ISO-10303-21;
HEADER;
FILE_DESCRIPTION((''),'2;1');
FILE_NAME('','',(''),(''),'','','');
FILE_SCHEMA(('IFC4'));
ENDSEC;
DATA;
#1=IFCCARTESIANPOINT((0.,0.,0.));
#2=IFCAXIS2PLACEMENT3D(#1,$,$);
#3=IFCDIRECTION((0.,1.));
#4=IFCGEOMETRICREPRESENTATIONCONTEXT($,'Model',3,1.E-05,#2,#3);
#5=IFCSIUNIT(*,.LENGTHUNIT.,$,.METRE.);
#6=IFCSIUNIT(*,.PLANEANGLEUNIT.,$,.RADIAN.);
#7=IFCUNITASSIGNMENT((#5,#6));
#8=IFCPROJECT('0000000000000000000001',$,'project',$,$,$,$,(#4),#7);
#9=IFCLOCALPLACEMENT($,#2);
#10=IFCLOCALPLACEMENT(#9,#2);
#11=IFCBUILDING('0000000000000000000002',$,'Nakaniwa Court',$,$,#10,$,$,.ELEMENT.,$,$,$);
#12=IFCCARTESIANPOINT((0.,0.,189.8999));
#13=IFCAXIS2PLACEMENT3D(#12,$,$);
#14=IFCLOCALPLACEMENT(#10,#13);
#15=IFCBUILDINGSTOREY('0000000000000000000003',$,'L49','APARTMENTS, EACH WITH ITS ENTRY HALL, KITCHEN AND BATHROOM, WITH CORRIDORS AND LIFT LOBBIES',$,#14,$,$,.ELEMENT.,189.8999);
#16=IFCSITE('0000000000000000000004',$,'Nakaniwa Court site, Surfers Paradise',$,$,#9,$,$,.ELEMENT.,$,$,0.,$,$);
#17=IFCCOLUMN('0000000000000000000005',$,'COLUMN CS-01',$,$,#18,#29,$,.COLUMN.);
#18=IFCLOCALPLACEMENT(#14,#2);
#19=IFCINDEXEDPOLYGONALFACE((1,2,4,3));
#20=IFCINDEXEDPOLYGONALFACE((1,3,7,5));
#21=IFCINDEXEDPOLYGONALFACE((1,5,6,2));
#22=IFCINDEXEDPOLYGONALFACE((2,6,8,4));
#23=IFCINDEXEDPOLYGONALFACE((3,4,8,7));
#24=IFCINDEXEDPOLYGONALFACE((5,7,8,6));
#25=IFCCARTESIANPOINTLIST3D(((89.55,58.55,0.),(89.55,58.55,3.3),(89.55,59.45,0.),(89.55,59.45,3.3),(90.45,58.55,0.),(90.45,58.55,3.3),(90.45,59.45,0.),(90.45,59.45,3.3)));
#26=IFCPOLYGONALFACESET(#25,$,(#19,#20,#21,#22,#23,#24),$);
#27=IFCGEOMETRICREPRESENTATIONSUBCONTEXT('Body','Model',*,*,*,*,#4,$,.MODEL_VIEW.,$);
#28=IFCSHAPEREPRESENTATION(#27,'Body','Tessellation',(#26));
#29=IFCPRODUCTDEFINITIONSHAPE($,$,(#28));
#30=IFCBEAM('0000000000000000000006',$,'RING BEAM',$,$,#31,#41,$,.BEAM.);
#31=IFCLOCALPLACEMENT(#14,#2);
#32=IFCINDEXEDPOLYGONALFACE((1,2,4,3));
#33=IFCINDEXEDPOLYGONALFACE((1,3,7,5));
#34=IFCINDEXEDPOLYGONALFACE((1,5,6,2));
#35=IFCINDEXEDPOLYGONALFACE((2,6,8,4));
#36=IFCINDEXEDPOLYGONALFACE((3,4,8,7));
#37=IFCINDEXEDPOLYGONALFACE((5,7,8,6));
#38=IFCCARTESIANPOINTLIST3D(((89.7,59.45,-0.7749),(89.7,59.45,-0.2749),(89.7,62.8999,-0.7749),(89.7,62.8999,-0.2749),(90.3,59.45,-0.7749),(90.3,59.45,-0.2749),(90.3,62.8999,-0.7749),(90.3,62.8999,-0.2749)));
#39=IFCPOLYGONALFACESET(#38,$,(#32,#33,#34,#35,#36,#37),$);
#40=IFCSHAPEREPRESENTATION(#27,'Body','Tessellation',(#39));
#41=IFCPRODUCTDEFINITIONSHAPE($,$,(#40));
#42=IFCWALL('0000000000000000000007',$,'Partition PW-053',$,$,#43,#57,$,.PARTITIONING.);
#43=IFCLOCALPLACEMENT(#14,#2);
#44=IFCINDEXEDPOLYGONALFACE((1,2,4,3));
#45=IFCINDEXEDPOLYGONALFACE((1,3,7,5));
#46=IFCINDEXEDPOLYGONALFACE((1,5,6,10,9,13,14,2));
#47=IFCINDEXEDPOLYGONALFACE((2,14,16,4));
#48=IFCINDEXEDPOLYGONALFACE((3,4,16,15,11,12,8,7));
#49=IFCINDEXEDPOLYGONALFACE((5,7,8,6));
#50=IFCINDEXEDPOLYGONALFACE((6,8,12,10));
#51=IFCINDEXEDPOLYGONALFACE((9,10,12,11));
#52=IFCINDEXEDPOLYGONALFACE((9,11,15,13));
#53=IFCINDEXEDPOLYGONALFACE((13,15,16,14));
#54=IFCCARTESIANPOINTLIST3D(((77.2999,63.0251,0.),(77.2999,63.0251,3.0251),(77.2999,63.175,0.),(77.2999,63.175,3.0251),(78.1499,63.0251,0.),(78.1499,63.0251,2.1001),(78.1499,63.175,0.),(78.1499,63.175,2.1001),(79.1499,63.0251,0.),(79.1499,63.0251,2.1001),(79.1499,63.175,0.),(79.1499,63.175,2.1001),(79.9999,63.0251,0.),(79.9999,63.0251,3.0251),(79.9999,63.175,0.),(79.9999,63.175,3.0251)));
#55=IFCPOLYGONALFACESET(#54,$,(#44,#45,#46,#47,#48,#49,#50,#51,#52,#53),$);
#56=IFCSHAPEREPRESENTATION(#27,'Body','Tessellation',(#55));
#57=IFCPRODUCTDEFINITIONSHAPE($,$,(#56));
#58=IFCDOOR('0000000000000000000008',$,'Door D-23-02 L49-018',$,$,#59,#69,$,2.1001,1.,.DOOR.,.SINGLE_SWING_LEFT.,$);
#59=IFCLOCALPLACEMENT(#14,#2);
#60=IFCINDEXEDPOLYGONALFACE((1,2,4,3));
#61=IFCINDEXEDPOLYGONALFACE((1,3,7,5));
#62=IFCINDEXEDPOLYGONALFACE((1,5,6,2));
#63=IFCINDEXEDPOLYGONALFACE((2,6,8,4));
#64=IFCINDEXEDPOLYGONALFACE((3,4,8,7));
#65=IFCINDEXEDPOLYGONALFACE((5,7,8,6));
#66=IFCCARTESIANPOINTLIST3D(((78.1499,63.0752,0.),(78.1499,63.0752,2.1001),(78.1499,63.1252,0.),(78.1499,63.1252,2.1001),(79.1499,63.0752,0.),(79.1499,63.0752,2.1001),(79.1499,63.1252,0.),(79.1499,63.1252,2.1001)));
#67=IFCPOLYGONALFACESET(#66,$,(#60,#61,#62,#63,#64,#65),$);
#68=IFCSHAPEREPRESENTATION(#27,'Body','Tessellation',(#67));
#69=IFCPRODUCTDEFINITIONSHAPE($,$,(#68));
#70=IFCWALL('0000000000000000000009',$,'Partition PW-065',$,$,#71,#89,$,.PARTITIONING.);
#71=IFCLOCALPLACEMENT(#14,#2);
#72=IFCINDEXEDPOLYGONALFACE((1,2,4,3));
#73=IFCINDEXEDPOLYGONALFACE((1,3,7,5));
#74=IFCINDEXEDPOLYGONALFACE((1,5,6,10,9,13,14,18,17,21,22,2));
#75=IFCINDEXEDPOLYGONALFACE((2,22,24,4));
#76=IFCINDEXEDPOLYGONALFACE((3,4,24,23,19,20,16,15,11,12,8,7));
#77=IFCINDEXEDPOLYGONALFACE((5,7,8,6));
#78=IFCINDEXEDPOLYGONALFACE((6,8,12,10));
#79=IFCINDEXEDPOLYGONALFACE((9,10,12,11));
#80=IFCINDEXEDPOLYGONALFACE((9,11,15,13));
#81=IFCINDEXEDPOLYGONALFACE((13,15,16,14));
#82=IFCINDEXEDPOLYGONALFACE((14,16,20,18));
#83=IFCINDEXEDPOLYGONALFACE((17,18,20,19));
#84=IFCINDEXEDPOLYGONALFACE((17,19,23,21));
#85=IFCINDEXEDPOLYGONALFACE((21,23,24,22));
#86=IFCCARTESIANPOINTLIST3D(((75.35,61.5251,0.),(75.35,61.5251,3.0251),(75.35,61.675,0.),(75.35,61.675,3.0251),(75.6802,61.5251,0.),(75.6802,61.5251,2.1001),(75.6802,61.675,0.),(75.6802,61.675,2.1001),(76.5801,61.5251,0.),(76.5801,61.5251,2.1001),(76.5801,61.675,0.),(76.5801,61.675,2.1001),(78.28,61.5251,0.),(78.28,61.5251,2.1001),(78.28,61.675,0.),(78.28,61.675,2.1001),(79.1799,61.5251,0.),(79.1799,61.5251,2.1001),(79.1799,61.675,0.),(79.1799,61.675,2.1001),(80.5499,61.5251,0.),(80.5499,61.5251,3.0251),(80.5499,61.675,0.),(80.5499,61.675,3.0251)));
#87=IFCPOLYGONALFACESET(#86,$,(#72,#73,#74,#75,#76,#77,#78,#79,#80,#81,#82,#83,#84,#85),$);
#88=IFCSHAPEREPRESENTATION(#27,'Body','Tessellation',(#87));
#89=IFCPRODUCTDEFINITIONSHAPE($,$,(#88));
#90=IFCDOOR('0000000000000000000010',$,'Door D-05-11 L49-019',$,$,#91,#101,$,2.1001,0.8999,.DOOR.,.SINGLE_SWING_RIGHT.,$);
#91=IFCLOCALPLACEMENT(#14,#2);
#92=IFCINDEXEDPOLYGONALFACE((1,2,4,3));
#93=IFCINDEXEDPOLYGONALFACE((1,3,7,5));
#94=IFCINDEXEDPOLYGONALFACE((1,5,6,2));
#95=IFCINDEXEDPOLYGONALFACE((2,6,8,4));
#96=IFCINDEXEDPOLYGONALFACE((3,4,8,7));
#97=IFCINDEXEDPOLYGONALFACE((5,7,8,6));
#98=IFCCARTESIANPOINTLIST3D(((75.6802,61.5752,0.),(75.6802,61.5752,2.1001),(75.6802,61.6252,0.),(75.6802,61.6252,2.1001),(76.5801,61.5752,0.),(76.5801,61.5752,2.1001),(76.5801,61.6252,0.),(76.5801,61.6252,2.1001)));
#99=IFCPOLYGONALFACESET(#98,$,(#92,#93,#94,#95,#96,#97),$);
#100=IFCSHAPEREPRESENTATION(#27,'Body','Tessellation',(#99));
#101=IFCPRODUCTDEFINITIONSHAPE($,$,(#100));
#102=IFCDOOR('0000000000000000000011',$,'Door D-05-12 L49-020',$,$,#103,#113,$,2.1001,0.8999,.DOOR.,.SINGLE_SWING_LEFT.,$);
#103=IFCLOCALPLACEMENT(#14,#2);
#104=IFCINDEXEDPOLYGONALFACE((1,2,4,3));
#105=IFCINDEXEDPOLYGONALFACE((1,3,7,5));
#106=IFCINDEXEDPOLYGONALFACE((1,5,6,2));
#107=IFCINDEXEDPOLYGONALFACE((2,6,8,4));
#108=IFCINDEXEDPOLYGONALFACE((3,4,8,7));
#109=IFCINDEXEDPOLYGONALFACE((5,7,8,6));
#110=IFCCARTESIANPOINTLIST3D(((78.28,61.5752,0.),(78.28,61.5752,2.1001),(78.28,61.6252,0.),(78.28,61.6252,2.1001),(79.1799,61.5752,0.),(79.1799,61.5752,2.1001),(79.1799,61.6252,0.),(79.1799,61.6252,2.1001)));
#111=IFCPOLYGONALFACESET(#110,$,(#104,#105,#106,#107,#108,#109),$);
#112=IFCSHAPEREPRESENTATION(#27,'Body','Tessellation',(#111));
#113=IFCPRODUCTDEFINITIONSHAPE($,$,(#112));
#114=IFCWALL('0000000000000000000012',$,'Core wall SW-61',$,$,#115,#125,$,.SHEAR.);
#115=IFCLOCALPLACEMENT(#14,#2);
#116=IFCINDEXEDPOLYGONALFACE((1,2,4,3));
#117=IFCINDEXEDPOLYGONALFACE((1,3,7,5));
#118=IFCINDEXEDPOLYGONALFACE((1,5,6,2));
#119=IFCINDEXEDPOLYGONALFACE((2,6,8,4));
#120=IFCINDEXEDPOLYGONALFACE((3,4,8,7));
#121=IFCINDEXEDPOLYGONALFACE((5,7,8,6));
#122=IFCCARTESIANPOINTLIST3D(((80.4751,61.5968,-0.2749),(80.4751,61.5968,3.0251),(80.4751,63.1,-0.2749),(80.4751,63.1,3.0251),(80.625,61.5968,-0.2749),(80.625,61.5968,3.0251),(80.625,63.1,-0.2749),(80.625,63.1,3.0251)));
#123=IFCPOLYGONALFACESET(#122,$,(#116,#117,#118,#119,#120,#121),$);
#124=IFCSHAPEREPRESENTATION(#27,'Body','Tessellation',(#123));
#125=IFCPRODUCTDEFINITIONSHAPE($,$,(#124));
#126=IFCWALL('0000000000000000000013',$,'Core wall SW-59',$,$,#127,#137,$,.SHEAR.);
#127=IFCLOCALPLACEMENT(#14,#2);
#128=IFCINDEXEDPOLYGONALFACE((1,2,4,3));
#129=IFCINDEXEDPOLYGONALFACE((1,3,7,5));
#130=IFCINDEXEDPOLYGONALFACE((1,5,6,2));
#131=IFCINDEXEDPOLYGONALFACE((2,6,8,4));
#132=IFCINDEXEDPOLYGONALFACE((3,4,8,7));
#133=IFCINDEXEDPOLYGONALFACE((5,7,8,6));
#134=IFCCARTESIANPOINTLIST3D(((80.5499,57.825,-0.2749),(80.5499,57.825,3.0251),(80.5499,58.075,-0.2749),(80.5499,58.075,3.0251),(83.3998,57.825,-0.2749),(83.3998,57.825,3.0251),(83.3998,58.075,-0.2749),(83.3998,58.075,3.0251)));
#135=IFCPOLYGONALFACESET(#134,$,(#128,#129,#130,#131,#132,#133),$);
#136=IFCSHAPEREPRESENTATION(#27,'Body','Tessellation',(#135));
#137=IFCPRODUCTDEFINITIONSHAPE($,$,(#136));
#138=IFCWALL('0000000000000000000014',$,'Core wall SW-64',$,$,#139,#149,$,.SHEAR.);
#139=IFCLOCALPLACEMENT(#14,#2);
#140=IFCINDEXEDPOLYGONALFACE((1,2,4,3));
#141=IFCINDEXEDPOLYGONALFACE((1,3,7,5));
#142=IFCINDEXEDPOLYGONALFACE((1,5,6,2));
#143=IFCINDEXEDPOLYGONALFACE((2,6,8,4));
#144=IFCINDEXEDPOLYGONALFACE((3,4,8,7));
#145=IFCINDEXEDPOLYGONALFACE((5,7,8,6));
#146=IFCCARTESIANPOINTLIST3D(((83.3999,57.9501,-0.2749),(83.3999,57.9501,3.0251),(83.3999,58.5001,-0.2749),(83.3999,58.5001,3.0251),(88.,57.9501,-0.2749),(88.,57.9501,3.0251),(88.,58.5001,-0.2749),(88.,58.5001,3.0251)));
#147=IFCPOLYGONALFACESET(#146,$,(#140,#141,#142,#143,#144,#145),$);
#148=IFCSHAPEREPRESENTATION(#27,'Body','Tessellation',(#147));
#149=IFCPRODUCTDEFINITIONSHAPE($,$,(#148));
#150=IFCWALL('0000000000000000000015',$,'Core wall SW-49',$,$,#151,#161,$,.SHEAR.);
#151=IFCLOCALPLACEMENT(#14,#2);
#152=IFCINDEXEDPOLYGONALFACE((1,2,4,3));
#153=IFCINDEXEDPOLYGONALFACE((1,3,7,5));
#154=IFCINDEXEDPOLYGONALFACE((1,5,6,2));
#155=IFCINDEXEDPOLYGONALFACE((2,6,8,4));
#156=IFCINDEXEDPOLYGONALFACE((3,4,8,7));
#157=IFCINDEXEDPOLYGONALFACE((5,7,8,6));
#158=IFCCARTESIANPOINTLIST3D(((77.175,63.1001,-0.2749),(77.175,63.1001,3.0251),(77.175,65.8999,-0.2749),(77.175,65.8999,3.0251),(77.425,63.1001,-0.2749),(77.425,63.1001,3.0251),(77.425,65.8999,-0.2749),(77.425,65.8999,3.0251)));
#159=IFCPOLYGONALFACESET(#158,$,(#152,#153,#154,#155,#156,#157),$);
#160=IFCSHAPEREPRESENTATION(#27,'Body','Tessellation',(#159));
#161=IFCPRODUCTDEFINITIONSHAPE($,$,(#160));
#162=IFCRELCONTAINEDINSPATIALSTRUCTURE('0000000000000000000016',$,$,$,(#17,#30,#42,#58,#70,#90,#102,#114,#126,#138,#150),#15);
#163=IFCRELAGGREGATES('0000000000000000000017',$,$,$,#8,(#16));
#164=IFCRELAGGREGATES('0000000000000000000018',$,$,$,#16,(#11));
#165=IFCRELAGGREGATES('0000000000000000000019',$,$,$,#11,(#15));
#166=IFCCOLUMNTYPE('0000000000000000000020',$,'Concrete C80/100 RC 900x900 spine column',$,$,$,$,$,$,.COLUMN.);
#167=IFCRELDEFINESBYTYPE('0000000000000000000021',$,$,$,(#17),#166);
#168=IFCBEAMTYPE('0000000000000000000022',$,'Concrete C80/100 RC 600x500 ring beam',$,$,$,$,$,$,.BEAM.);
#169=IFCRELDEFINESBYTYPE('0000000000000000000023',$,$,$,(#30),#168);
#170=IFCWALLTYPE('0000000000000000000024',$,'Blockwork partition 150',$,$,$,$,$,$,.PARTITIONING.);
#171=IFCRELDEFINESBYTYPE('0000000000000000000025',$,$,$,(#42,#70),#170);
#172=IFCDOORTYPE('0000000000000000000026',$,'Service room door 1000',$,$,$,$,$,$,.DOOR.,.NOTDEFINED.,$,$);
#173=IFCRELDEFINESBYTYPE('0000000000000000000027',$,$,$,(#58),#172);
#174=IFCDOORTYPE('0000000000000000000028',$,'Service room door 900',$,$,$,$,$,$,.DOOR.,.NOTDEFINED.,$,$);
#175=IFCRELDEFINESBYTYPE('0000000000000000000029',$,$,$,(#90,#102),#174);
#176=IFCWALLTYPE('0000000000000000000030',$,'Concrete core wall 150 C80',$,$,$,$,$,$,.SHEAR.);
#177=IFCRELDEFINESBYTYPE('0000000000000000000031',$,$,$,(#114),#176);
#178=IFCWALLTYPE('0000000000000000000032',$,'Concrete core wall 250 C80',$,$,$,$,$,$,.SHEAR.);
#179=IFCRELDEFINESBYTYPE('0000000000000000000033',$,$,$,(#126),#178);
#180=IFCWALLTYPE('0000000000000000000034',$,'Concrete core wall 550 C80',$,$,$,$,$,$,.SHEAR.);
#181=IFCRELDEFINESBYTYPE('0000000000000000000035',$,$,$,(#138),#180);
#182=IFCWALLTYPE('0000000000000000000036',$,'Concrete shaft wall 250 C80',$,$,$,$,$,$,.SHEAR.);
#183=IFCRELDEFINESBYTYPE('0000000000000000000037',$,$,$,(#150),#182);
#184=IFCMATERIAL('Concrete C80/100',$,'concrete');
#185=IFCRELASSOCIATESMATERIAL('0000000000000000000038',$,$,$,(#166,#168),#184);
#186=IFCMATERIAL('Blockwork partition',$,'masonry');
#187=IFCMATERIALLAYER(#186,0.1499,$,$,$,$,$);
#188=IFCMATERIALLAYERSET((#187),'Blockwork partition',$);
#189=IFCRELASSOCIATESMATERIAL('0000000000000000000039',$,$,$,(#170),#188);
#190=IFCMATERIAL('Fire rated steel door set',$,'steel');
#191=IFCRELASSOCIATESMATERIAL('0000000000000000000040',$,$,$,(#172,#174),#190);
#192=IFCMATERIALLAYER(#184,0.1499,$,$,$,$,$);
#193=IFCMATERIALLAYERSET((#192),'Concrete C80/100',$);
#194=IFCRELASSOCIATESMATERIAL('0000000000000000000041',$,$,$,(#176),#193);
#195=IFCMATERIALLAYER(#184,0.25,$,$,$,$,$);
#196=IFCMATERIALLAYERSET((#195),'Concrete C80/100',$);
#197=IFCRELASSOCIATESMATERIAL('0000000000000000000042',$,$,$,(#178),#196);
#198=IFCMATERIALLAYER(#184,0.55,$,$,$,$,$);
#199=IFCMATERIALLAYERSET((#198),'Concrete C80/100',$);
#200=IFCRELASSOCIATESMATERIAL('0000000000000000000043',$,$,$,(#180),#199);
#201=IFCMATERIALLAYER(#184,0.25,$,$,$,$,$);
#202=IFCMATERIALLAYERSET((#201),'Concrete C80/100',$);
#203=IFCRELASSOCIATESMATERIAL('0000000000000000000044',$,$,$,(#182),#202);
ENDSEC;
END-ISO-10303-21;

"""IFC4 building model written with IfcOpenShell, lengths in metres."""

from ifc_helpers import new_model, si_unit, direction, frame, frame_2d, origin, origin_2d, place, context, subcontext, project, spatial, rectangle, extrude, material, layer, layer_set, material_profile, profile_set, type_object, element, fill, save


model = new_model("IFC4")

# Units and contexts
model_context = context("Model", 3, precision=1e-05, world=origin(), true_north=direction((0.0, 1.0)))
body_context = subcontext(model_context, "Body", "Model", "MODEL_VIEW")
ifc_project = project(units=[si_unit("LENGTHUNIT", "METRE"), si_unit("PLANEANGLEUNIT", "RADIAN")], contexts=[model_context])

# Site, building, storey
site_placement = place(None, origin())
site = spatial("IfcSite", under=ifc_project, at=site_placement, Name="Nakaniwa Court site, Surfers Paradise", CompositionType="ELEMENT", RefElevation=0.0)
building_placement = place(site_placement, origin())
building = spatial("IfcBuilding", under=site, at=building_placement, Name="Nakaniwa Court", CompositionType="ELEMENT")
storey_placement = place(building_placement, frame((0.0, 0.0, 189.8999)))
storey = spatial("IfcBuildingStorey", under=building, at=storey_placement, Name="L49", Description="APARTMENTS, EACH WITH ITS ENTRY HALL, KITCHEN AND BATHROOM, WITH CORRIDORS AND LIFT LOBBIES", CompositionType="ELEMENT", Elevation=189.8999)

# Column
ifc_material_1 = material(Name="Concrete C80/100", Category="concrete")
ifc_material_profile_1 = material_profile(ifc_material_1, rectangle(XDim=0.8999, YDim=0.8999, at=origin_2d()), Name="Concrete C80/100 RC 900x900 spine column")
ifc_profile_set_1 = profile_set([ifc_material_profile_1], Name="Concrete C80/100")
column_type = type_object("IfcColumnType", Name="Concrete C80/100 RC 900x900 spine column", PredefinedType="COLUMN", material=ifc_profile_set_1)
column_placement = place(storey_placement, frame((90.0, 59.0, 0.0), z_axis=(0.0, 0.0, 1.0), x_axis=(0.0, 1.0, 0.0)))
element("IfcColumn", 1, at=column_placement, inside=storey, type_object=column_type, Name="COLUMN CS-01", PredefinedType="COLUMN", context=body_context, shape_type="SweptSolid", body=[
    extrude(rectangle(XDim=0.8999, YDim=0.8999, at=origin_2d()), origin(), (0.0, 0.0, 1.0), 3.3),
])

# Beam
ifc_material_profile_2 = material_profile(ifc_material_1, rectangle(XDim=0.6001, YDim=0.5, at=origin_2d()), Name="Concrete C80/100 RC 600x500 ring beam")
ifc_profile_set_2 = profile_set([ifc_material_profile_2], Name="Concrete C80/100")
beam_type = type_object("IfcBeamType", Name="Concrete C80/100 RC 600x500 ring beam", PredefinedType="BEAM", material=ifc_profile_set_2)
beam_placement = place(storey_placement, frame((90.0, 59.45, -0.5249), z_axis=(0.0, 1.0, 0.0), x_axis=(-1.0, 0.0, 0.0)))
element("IfcBeam", 2, at=beam_placement, inside=storey, type_object=beam_type, Name="RING BEAM", PredefinedType="BEAM", context=body_context, shape_type="SweptSolid", body=[
    extrude(rectangle(XDim=0.6001, YDim=0.5, at=origin_2d()), origin(), (0.0, 0.0, 1.0), 3.45),
])

# Wall, opening, door
ifc_material_2 = material(Name="Blockwork partition", Category="masonry")
ifc_layer_1 = layer(ifc_material_2, 0.1499)
ifc_layer_set_1 = layer_set([ifc_layer_1], Name="Blockwork partition")
wall_type_1 = type_object("IfcWallType", Name="Blockwork partition 150", PredefinedType="PARTITIONING", material=ifc_layer_set_1)
wall_1_placement = place(storey_placement, frame((80.0, 63.1001, 0.0), z_axis=(0.0, 0.0, 1.0), x_axis=(-1.0, 0.0, 0.0)))
wall_1 = element("IfcWall", 3, at=wall_1_placement, inside=storey, type_object=wall_type_1, Name="Partition PW-053", PredefinedType="PARTITIONING", context=body_context, shape_type="SweptSolid", body=[
    extrude(rectangle(XDim=2.7, YDim=0.1499, at=frame_2d((1.3501, 0.0))), origin(), (0.0, 0.0, 1.0), 3.0251),
])
opening_1_placement = place(wall_1_placement, frame((0.8501, 0.0, 0.0)))
opening_1 = element("IfcOpeningElement", 4, at=opening_1_placement, cuts=wall_1, PredefinedType="OPENING", context=body_context, shape_type="SweptSolid", body=[
    extrude(rectangle(XDim=1.0, YDim=2.1001, at=frame_2d((0.5, 1.05))), frame((0.0, 0.085, 0.0), z_axis=(0.0, -1.0, 0.0), x_axis=(1.0, 0.0, 0.0)), (0.0, 0.0, 1.0), 0.1699),
])
ifc_material_3 = material(Name="Fire rated steel door set", Category="steel")
door_type_1 = type_object("IfcDoorType", Name="Service room door 1000", OperationType="NOTDEFINED", PredefinedType="DOOR", material=ifc_material_3)
door_1_placement = place(opening_1_placement, origin())
door_1 = element("IfcDoor", 5, at=door_1_placement, inside=storey, type_object=door_type_1, Name="Door D-23-02 L49-018", OperationType="SINGLE_SWING_LEFT", OverallHeight=2.1001, OverallWidth=1.0, PredefinedType="DOOR", context=body_context, shape_type="SweptSolid", body=[
    extrude(rectangle(XDim=1.0, YDim=2.1001, at=frame_2d((0.5, 1.05))), frame((0.0, 0.0249, 0.0), z_axis=(0.0, -1.0, 0.0), x_axis=(1.0, 0.0, 0.0)), (0.0, 0.0, 1.0), 0.05),
])
fill(opening_1, door_1)

# Wall, openings, doors
wall_2_placement = place(storey_placement, frame((80.55, 61.6001, 0.0), z_axis=(0.0, 0.0, 1.0), x_axis=(-1.0, 0.0, 0.0)))
wall_2 = element("IfcWall", 6, at=wall_2_placement, inside=storey, type_object=wall_type_1, Name="Partition PW-065", PredefinedType="PARTITIONING", context=body_context, shape_type="SweptSolid", body=[
    extrude(rectangle(XDim=5.2, YDim=0.1499, at=frame_2d((2.6001, 0.0))), origin(), (0.0, 0.0, 1.0), 3.0251),
])
opening_2_placement = place(wall_2_placement, frame((3.97, 0.0, 0.0)))
opening_2 = element("IfcOpeningElement", 7, at=opening_2_placement, cuts=wall_2, PredefinedType="OPENING", context=body_context, shape_type="SweptSolid", body=[
    extrude(rectangle(XDim=0.8999, YDim=2.1001, at=frame_2d((0.45, 1.05))), frame((0.0, 0.085, 0.0), z_axis=(0.0, -1.0, 0.0), x_axis=(1.0, 0.0, 0.0)), (0.0, 0.0, 1.0), 0.1699),
])
opening_3_placement = place(wall_2_placement, frame((1.3701, 0.0, 0.0)))
opening_3 = element("IfcOpeningElement", 8, at=opening_3_placement, cuts=wall_2, PredefinedType="OPENING", context=body_context, shape_type="SweptSolid", body=[
    extrude(rectangle(XDim=0.8999, YDim=2.1001, at=frame_2d((0.45, 1.05))), frame((0.0, 0.085, 0.0), z_axis=(0.0, -1.0, 0.0), x_axis=(1.0, 0.0, 0.0)), (0.0, 0.0, 1.0), 0.1699),
])
door_type_2 = type_object("IfcDoorType", Name="Service room door 900", OperationType="NOTDEFINED", PredefinedType="DOOR", material=ifc_material_3)
door_2_placement = place(opening_2_placement, origin())
door_2 = element("IfcDoor", 9, at=door_2_placement, inside=storey, type_object=door_type_2, Name="Door D-05-11 L49-019", OperationType="SINGLE_SWING_RIGHT", OverallHeight=2.1001, OverallWidth=0.8999, PredefinedType="DOOR", context=body_context, shape_type="SweptSolid", body=[
    extrude(rectangle(XDim=0.8999, YDim=2.1001, at=frame_2d((0.45, 1.05))), frame((0.0, 0.0249, 0.0), z_axis=(0.0, -1.0, 0.0), x_axis=(1.0, 0.0, 0.0)), (0.0, 0.0, 1.0), 0.05),
])
fill(opening_2, door_2)
door_3_placement = place(opening_3_placement, origin())
door_3 = element("IfcDoor", 10, at=door_3_placement, inside=storey, type_object=door_type_2, Name="Door D-05-12 L49-020", OperationType="SINGLE_SWING_LEFT", OverallHeight=2.1001, OverallWidth=0.8999, PredefinedType="DOOR", context=body_context, shape_type="SweptSolid", body=[
    extrude(rectangle(XDim=0.8999, YDim=2.1001, at=frame_2d((0.45, 1.05))), frame((0.0, 0.0249, 0.0), z_axis=(0.0, -1.0, 0.0), x_axis=(1.0, 0.0, 0.0)), (0.0, 0.0, 1.0), 0.05),
])
fill(opening_3, door_3)

# Walls
ifc_layer_2 = layer(ifc_material_1, 0.1499)
ifc_layer_set_2 = layer_set([ifc_layer_2], Name="Concrete C80/100")
wall_type_2 = type_object("IfcWallType", Name="Concrete core wall 150 C80", PredefinedType="SHEAR", material=ifc_layer_set_2)
wall_3_placement = place(storey_placement, frame((80.55, 61.5969, -0.2749), z_axis=(0.0, 0.0, 1.0), x_axis=(0.0, 1.0, 0.0)))
element("IfcWall", 11, at=wall_3_placement, inside=storey, type_object=wall_type_2, Name="Core wall SW-61", PredefinedType="SHEAR", context=body_context, shape_type="SweptSolid", body=[
    extrude(rectangle(XDim=1.5032, YDim=0.1499, at=frame_2d((0.7515, 0.0))), origin(), (0.0, 0.0, 1.0), 3.3),
])
ifc_layer_3 = layer(ifc_material_1, 0.25)
ifc_layer_set_3 = layer_set([ifc_layer_3], Name="Concrete C80/100")
wall_type_3 = type_object("IfcWallType", Name="Concrete core wall 250 C80", PredefinedType="SHEAR", material=ifc_layer_set_3)
wall_4_placement = place(storey_placement, frame((80.55, 57.95, -0.2749), z_axis=(0.0, 0.0, 1.0), x_axis=(1.0, 0.0, 0.0)))
element("IfcWall", 12, at=wall_4_placement, inside=storey, type_object=wall_type_3, Name="Core wall SW-59", PredefinedType="SHEAR", context=body_context, shape_type="SweptSolid", body=[
    extrude(rectangle(XDim=2.8499, YDim=0.25, at=frame_2d((1.4248, 0.0))), origin(), (0.0, 0.0, 1.0), 3.3),
])
ifc_layer_4 = layer(ifc_material_1, 0.55)
ifc_layer_set_4 = layer_set([ifc_layer_4], Name="Concrete C80/100")
wall_type_4 = type_object("IfcWallType", Name="Concrete core wall 550 C80", PredefinedType="SHEAR", material=ifc_layer_set_4)
wall_5_placement = place(storey_placement, frame((83.3999, 58.2251, -0.2749), z_axis=(0.0, 0.0, 1.0), x_axis=(1.0, 0.0, 0.0)))
element("IfcWall", 13, at=wall_5_placement, inside=storey, type_object=wall_type_4, Name="Core wall SW-64", PredefinedType="SHEAR", context=body_context, shape_type="SweptSolid", body=[
    extrude(rectangle(XDim=4.6001, YDim=0.55, at=frame_2d((2.3, 0.0))), origin(), (0.0, 0.0, 1.0), 3.3),
])
ifc_layer_5 = layer(ifc_material_1, 0.25)
ifc_layer_set_5 = layer_set([ifc_layer_5], Name="Concrete C80/100")
wall_type_5 = type_object("IfcWallType", Name="Concrete shaft wall 250 C80", PredefinedType="SHEAR", material=ifc_layer_set_5)
wall_6_placement = place(storey_placement, frame((77.3, 63.1001, -0.2749), z_axis=(0.0, 0.0, 1.0), x_axis=(0.0, 1.0, 0.0)))
element("IfcWall", 14, at=wall_6_placement, inside=storey, type_object=wall_type_5, Name="Core wall SW-49", PredefinedType="SHEAR", context=body_context, shape_type="SweptSolid", body=[
    extrude(rectangle(XDim=2.7998, YDim=0.25, at=frame_2d((1.3999, 0.0))), origin(), (0.0, 0.0, 1.0), 3.3),
])

save(model, "model.ifc")
